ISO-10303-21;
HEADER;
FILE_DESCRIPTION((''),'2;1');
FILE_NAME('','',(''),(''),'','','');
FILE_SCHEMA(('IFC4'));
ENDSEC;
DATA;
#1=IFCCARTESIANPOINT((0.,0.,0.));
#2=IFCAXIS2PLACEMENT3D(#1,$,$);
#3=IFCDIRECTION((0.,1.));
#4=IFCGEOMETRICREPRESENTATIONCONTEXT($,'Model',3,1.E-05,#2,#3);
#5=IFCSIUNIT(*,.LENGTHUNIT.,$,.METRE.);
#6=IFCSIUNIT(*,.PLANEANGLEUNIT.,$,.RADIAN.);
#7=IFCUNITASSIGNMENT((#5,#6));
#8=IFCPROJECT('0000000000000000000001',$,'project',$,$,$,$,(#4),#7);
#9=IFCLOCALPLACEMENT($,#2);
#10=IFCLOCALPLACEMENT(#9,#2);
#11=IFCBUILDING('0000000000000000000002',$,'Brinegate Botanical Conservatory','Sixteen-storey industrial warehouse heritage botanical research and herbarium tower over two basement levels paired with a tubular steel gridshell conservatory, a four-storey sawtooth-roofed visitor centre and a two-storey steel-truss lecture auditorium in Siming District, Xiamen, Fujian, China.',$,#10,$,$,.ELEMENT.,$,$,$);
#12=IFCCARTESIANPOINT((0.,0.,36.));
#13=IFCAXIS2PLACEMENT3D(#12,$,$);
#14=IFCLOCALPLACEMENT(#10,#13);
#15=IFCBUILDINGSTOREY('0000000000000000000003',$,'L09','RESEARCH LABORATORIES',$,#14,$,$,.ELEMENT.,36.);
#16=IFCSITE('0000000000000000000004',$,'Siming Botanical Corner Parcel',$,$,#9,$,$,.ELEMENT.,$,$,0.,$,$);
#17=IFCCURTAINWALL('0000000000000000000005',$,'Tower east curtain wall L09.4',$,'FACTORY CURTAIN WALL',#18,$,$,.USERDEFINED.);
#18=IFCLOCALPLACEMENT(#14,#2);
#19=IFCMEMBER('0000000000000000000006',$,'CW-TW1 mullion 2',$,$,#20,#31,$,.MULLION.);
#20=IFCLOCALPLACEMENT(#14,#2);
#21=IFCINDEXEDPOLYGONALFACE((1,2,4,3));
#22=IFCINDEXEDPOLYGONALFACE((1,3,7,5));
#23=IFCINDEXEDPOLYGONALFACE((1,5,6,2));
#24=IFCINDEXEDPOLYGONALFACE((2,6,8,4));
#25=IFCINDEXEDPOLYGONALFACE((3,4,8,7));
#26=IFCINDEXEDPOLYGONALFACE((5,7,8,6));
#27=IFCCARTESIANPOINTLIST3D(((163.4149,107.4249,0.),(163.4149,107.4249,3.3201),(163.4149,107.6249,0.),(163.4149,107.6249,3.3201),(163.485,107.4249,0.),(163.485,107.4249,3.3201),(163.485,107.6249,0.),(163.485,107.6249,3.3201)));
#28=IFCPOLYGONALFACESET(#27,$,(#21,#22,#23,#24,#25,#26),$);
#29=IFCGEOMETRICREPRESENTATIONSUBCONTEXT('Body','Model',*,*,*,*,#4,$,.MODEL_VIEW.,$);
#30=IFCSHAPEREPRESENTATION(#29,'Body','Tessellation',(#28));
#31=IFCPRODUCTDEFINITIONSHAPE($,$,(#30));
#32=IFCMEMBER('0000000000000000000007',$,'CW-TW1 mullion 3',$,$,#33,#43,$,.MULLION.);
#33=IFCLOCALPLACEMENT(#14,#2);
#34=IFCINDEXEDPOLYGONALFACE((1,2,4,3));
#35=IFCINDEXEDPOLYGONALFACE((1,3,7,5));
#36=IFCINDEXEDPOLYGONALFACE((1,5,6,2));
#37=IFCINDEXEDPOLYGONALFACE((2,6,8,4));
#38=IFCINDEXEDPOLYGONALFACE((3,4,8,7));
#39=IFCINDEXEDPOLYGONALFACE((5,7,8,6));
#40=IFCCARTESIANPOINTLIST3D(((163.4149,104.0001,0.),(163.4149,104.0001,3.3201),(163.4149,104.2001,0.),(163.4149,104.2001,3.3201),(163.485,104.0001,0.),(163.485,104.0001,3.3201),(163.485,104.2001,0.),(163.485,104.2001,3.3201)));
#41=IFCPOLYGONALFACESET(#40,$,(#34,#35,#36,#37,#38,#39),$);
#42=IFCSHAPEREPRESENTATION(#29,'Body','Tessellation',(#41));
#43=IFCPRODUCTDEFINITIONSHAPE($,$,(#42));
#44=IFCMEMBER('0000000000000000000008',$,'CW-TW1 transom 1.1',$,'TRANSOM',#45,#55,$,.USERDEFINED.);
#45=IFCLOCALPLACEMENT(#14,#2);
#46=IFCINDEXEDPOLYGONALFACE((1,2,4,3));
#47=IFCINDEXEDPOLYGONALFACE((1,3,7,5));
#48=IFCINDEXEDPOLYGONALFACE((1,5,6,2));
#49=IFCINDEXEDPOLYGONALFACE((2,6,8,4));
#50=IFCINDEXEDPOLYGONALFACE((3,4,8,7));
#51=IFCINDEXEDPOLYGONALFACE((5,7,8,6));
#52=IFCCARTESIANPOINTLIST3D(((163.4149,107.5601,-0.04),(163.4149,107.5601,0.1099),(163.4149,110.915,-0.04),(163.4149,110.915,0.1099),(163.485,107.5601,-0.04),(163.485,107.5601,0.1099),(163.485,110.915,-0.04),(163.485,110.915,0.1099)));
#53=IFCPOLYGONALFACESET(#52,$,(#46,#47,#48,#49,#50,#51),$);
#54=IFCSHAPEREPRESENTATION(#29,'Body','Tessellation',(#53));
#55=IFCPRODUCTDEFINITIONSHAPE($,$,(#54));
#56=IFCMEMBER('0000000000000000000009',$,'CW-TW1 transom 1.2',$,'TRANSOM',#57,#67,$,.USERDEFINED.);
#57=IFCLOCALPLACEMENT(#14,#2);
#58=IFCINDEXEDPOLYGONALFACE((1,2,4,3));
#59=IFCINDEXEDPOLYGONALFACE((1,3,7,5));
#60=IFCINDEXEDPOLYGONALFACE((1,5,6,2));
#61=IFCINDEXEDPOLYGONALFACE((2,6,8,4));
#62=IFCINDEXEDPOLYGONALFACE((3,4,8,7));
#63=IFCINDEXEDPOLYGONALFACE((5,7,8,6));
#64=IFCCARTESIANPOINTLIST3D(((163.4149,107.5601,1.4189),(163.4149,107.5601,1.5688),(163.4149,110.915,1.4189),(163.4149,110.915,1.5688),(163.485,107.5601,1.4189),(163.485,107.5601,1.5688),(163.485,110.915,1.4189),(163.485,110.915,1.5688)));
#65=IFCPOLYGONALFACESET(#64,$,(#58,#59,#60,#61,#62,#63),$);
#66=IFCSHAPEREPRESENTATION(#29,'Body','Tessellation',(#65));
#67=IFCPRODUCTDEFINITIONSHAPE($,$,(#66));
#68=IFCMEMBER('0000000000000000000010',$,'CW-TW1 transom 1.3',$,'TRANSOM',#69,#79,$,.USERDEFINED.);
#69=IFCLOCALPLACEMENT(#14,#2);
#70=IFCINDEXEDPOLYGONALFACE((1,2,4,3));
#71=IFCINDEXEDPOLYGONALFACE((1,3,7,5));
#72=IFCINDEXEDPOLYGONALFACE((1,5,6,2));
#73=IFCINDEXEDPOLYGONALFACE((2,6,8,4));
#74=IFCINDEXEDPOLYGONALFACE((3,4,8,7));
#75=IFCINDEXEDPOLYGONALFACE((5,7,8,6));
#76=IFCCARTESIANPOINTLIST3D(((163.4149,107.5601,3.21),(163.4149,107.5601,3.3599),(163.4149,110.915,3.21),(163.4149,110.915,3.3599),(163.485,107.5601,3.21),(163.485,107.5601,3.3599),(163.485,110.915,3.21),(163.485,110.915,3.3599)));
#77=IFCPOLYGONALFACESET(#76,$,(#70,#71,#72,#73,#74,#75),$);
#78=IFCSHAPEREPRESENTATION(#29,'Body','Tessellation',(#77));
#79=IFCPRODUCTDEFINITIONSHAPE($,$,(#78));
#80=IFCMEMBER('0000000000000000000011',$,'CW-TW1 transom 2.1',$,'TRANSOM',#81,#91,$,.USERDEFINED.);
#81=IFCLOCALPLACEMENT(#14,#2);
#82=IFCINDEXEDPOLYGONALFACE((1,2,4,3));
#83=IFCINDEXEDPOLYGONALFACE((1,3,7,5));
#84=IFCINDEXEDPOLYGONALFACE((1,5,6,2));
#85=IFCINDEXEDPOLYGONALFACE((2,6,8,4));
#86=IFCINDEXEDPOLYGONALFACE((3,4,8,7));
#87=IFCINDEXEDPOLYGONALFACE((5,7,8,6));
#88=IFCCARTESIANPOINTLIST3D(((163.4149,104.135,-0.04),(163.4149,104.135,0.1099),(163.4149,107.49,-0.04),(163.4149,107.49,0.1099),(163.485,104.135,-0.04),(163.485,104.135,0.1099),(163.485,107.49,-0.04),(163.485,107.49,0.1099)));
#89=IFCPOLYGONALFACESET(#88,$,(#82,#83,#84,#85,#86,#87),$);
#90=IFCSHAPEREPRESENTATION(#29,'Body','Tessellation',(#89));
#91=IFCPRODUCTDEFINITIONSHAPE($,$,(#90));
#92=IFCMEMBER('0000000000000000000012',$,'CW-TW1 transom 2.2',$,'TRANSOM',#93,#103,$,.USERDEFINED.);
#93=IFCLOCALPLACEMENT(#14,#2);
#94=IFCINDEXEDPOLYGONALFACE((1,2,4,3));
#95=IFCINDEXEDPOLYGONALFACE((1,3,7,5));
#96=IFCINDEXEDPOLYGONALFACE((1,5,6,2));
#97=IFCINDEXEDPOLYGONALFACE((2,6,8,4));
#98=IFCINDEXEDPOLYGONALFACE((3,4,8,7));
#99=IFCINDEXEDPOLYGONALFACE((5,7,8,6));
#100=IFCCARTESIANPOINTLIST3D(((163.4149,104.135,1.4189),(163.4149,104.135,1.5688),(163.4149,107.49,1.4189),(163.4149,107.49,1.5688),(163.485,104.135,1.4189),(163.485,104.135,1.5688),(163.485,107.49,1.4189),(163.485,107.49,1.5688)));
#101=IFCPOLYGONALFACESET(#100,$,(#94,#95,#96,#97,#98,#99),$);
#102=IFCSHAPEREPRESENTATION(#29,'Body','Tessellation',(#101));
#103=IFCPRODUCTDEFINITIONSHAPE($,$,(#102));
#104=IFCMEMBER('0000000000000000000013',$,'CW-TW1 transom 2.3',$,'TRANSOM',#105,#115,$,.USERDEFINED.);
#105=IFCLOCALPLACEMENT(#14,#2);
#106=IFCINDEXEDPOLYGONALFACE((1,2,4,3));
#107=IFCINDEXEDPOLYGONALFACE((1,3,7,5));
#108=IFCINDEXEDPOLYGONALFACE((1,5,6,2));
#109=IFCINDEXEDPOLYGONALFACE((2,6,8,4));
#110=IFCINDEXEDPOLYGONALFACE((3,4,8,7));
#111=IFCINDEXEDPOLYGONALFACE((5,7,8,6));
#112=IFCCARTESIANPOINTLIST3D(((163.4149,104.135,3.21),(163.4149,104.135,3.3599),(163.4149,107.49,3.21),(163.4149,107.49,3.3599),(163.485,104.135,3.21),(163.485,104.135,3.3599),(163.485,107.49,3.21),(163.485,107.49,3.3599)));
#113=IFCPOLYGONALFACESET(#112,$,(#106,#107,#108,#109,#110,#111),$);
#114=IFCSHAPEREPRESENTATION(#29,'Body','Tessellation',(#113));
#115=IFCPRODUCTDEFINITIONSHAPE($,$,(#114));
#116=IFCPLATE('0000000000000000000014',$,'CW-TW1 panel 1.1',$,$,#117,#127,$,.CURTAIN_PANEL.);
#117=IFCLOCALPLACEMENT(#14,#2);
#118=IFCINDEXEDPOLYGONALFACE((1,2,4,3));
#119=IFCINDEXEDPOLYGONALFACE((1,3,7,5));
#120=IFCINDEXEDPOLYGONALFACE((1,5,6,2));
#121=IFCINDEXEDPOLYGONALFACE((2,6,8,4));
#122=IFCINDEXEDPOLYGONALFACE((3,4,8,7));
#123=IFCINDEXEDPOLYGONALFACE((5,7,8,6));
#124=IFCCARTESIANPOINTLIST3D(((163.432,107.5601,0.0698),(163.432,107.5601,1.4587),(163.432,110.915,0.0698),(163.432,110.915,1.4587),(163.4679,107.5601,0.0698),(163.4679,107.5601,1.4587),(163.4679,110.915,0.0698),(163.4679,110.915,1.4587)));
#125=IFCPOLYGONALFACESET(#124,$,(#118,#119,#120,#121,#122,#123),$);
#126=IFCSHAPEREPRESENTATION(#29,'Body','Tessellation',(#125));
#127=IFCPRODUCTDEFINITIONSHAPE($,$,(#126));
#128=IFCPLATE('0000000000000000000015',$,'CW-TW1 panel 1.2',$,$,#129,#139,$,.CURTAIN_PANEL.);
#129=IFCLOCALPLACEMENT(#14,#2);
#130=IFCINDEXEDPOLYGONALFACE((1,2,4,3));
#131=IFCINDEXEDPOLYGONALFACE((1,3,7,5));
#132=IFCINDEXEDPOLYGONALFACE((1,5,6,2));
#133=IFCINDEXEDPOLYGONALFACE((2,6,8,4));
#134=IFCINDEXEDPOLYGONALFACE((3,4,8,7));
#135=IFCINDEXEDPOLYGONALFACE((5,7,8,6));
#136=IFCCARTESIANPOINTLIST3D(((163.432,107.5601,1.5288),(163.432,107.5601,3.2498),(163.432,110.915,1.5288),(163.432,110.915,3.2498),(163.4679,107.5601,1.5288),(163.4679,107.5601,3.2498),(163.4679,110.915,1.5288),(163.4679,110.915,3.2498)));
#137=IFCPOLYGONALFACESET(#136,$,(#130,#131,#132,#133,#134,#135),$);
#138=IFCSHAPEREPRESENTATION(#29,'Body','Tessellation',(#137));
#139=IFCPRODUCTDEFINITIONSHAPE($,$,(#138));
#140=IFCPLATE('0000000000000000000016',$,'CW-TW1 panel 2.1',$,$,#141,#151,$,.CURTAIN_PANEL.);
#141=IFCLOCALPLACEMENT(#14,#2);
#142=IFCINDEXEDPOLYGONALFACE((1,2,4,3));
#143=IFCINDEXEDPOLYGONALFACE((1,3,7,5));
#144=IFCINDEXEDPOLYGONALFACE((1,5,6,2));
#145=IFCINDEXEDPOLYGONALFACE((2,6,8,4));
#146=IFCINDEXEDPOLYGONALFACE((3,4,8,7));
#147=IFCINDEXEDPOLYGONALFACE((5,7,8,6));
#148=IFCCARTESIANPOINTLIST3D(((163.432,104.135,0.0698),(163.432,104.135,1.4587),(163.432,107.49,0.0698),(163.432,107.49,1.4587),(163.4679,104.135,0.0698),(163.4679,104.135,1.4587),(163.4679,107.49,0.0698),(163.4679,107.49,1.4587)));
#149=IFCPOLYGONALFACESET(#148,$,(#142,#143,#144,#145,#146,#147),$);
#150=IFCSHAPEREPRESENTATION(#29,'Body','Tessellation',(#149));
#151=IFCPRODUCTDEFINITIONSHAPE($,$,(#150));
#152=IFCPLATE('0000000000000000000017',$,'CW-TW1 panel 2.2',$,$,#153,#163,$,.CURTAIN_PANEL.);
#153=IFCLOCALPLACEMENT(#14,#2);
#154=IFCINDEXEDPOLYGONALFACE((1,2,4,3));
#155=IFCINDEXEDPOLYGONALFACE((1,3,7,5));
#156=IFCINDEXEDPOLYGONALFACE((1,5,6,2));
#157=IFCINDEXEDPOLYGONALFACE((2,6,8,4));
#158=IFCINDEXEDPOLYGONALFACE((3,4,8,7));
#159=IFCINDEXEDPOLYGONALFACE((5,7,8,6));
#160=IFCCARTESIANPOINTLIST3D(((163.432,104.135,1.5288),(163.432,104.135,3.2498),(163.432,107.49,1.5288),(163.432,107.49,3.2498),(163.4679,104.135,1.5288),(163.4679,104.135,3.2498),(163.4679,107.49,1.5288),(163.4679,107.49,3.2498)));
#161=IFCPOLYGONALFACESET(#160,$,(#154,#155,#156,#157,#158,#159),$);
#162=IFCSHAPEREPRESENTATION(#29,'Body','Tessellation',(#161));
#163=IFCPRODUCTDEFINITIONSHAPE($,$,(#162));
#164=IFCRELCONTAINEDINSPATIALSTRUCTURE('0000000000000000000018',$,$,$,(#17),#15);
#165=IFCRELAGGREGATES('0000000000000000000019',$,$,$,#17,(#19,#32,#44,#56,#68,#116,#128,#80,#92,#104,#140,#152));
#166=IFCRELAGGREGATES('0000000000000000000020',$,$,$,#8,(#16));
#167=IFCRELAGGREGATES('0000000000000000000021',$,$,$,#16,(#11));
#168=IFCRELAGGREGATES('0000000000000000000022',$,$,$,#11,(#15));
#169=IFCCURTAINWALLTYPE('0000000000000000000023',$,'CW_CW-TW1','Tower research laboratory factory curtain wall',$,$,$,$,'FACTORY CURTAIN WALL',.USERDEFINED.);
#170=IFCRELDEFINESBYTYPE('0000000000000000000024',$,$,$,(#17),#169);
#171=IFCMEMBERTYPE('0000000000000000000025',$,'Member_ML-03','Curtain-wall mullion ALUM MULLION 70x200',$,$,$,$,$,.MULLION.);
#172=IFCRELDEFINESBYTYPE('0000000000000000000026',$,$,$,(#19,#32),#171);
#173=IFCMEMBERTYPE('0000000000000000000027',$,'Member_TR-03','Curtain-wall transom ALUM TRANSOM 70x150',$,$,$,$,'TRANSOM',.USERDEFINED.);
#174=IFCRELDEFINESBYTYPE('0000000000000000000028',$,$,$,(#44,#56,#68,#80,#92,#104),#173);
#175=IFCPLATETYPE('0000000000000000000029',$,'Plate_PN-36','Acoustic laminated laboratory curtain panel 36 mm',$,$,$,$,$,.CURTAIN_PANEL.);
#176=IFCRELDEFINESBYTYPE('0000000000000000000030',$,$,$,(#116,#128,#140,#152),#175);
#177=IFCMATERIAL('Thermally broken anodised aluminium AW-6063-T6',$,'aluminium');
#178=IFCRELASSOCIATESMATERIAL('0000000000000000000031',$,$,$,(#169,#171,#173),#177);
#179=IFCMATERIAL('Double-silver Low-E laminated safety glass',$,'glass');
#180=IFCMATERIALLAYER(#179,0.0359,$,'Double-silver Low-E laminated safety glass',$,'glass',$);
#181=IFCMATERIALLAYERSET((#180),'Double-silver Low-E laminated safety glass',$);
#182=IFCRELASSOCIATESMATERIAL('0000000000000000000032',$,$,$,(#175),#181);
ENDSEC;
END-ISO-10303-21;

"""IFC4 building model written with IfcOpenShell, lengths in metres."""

from ifc_helpers import new_model, si_unit, direction, frame, origin, origin_2d, place, context, subcontext, project, spatial, rectangle, extrude, material, layer, layer_set, material_profile, profile_set, type_object, element, aggregate, save


model = new_model("IFC4")

# Units and contexts
model_context = context("Model", 3, precision=1e-05, world=origin(), true_north=direction((0.0, 1.0)))
body_context = subcontext(model_context, "Body", "Model", "MODEL_VIEW")
ifc_project = project(units=[si_unit("LENGTHUNIT", "METRE"), si_unit("PLANEANGLEUNIT", "RADIAN")], contexts=[model_context])

# Site, building, storey
site_placement = place(None, origin())
site = spatial("IfcSite", under=ifc_project, at=site_placement, Name="Siming Botanical Corner Parcel", CompositionType="ELEMENT", RefElevation=0.0)
building_placement = place(site_placement, origin())
building = spatial("IfcBuilding", under=site, at=building_placement, Name="Brinegate Botanical Conservatory", Description="Sixteen-storey industrial warehouse heritage botanical research and herbarium tower over two basement levels paired with a tubular steel gridshell conservatory, a four-storey sawtooth-roofed visitor centre and a two-storey steel-truss lecture auditorium in Siming District, Xiamen, Fujian, China.", CompositionType="ELEMENT")
storey_placement = place(building_placement, frame((0.0, 0.0, 36.0)))
storey = spatial("IfcBuildingStorey", under=building, at=storey_placement, Name="L09", Description="RESEARCH LABORATORIES", CompositionType="ELEMENT", Elevation=36.0)

# Curtain wall, members, plates
ifc_material_1 = material(Name="Thermally broken anodised aluminium AW-6063-T6", Category="aluminium")
curtain_wall_type = type_object("IfcCurtainWallType", Name="CW_CW-TW1", Description="Tower research laboratory factory curtain wall", ElementType="FACTORY CURTAIN WALL", PredefinedType="USERDEFINED", material=ifc_material_1)
curtain_wall_placement = place(storey_placement, origin())
curtain_wall = element("IfcCurtainWall", 1, at=curtain_wall_placement, inside=storey, type_object=curtain_wall_type, Name="Tower east curtain wall L09.4", ObjectType="FACTORY CURTAIN WALL", PredefinedType="USERDEFINED")
ifc_material_profile_1 = material_profile(ifc_material_1, rectangle(XDim=0.0701, YDim=0.2, at=origin_2d()), Name="ALUM MULLION 70x200")
ifc_profile_set_1 = profile_set([ifc_material_profile_1], Name="Thermally broken anodised aluminium AW-6063-T6")
member_type_1 = type_object("IfcMemberType", Name="Member_ML-03", Description="Curtain-wall mullion ALUM MULLION 70x200", PredefinedType="MULLION", material=ifc_profile_set_1)
member_1_placement = place(storey_placement, frame((163.45, 107.5249, 0.0), z_axis=(0.0, 0.0, 1.0), x_axis=(1.0, 0.0, 0.0)))
member_1 = element("IfcMember", 2, at=member_1_placement, type_object=member_type_1, Name="CW-TW1 mullion 2", PredefinedType="MULLION", context=body_context, shape_type="SweptSolid", body=[
    extrude(rectangle(XDim=0.0701, YDim=0.2, at=origin_2d()), origin(), (0.0, 0.0, 1.0), 3.3201),
])
member_2_placement = place(storey_placement, frame((163.45, 104.1001, 0.0), z_axis=(0.0, 0.0, 1.0), x_axis=(1.0, 0.0, 0.0)))
member_2 = element("IfcMember", 3, at=member_2_placement, type_object=member_type_1, Name="CW-TW1 mullion 3", PredefinedType="MULLION", context=body_context, shape_type="SweptSolid", body=[
    extrude(rectangle(XDim=0.0701, YDim=0.2, at=origin_2d()), origin(), (0.0, 0.0, 1.0), 3.3201),
])
ifc_material_profile_2 = material_profile(ifc_material_1, rectangle(XDim=0.0701, YDim=0.1499, at=origin_2d()), Name="ALUM TRANSOM 70x150")
ifc_profile_set_2 = profile_set([ifc_material_profile_2], Name="Thermally broken anodised aluminium AW-6063-T6")
member_type_2 = type_object("IfcMemberType", Name="Member_TR-03", Description="Curtain-wall transom ALUM TRANSOM 70x150", ElementType="TRANSOM", PredefinedType="USERDEFINED", material=ifc_profile_set_2)
member_3_placement = place(storey_placement, frame((163.45, 110.915, 0.0349), z_axis=(0.0, -1.0, 0.0), x_axis=(1.0, 0.0, 0.0)))
member_3 = element("IfcMember", 4, at=member_3_placement, type_object=member_type_2, Name="CW-TW1 transom 1.1", ObjectType="TRANSOM", PredefinedType="USERDEFINED", context=body_context, shape_type="SweptSolid", body=[
    extrude(rectangle(XDim=0.0701, YDim=0.1499, at=origin_2d()), origin(), (0.0, 0.0, 1.0), 3.355),
])
member_4_placement = place(storey_placement, frame((163.45, 110.915, 1.4939), z_axis=(0.0, -1.0, 0.0), x_axis=(1.0, 0.0, 0.0)))
member_4 = element("IfcMember", 5, at=member_4_placement, type_object=member_type_2, Name="CW-TW1 transom 1.2", ObjectType="TRANSOM", PredefinedType="USERDEFINED", context=body_context, shape_type="SweptSolid", body=[
    extrude(rectangle(XDim=0.0701, YDim=0.1499, at=origin_2d()), origin(), (0.0, 0.0, 1.0), 3.355),
])
member_5_placement = place(storey_placement, frame((163.45, 110.915, 3.2849), z_axis=(0.0, -1.0, 0.0), x_axis=(1.0, 0.0, 0.0)))
member_5 = element("IfcMember", 6, at=member_5_placement, type_object=member_type_2, Name="CW-TW1 transom 1.3", ObjectType="TRANSOM", PredefinedType="USERDEFINED", context=body_context, shape_type="SweptSolid", body=[
    extrude(rectangle(XDim=0.0701, YDim=0.1499, at=origin_2d()), origin(), (0.0, 0.0, 1.0), 3.355),
])
member_6_placement = place(storey_placement, frame((163.45, 107.49, 0.0349), z_axis=(0.0, -1.0, 0.0), x_axis=(1.0, 0.0, 0.0)))
member_6 = element("IfcMember", 7, at=member_6_placement, type_object=member_type_2, Name="CW-TW1 transom 2.1", ObjectType="TRANSOM", PredefinedType="USERDEFINED", context=body_context, shape_type="SweptSolid", body=[
    extrude(rectangle(XDim=0.0701, YDim=0.1499, at=origin_2d()), origin(), (0.0, 0.0, 1.0), 3.355),
])
member_7_placement = place(storey_placement, frame((163.45, 107.49, 1.4939), z_axis=(0.0, -1.0, 0.0), x_axis=(1.0, 0.0, 0.0)))
member_7 = element("IfcMember", 8, at=member_7_placement, type_object=member_type_2, Name="CW-TW1 transom 2.2", ObjectType="TRANSOM", PredefinedType="USERDEFINED", context=body_context, shape_type="SweptSolid", body=[
    extrude(rectangle(XDim=0.0701, YDim=0.1499, at=origin_2d()), origin(), (0.0, 0.0, 1.0), 3.355),
])
member_8_placement = place(storey_placement, frame((163.45, 107.49, 3.2849), z_axis=(0.0, -1.0, 0.0), x_axis=(1.0, 0.0, 0.0)))
member_8 = element("IfcMember", 9, at=member_8_placement, type_object=member_type_2, Name="CW-TW1 transom 2.3", ObjectType="TRANSOM", PredefinedType="USERDEFINED", context=body_context, shape_type="SweptSolid", body=[
    extrude(rectangle(XDim=0.0701, YDim=0.1499, at=origin_2d()), origin(), (0.0, 0.0, 1.0), 3.355),
])
ifc_material_2 = material(Name="Double-silver Low-E laminated safety glass", Category="glass")
ifc_layer_1 = layer(ifc_material_2, 0.0359, Name="Double-silver Low-E laminated safety glass", Category="glass")
ifc_layer_set_1 = layer_set([ifc_layer_1], Name="Double-silver Low-E laminated safety glass")
plate_type = type_object("IfcPlateType", Name="Plate_PN-36", Description="Acoustic laminated laboratory curtain panel 36 mm", PredefinedType="CURTAIN_PANEL", material=ifc_layer_set_1)
plate_1_placement = place(storey_placement, frame((163.45, 109.2375, 0.0698), z_axis=(0.0, 0.0, 1.0), x_axis=(0.0, -1.0, 0.0)))
plate_1 = element("IfcPlate", 10, at=plate_1_placement, type_object=plate_type, Name="CW-TW1 panel 1.1", PredefinedType="CURTAIN_PANEL", context=body_context, shape_type="SweptSolid", body=[
    extrude(rectangle(XDim=3.355, YDim=0.0359, at=origin_2d()), origin(), (0.0, 0.0, 1.0), 1.3889),
])
plate_2_placement = place(storey_placement, frame((163.45, 109.2375, 1.5288), z_axis=(0.0, 0.0, 1.0), x_axis=(0.0, -1.0, 0.0)))
plate_2 = element("IfcPlate", 11, at=plate_2_placement, type_object=plate_type, Name="CW-TW1 panel 1.2", PredefinedType="CURTAIN_PANEL", context=body_context, shape_type="SweptSolid", body=[
    extrude(rectangle(XDim=3.355, YDim=0.0359, at=origin_2d()), origin(), (0.0, 0.0, 1.0), 1.7209),
])
plate_3_placement = place(storey_placement, frame((163.45, 105.8125, 0.0698), z_axis=(0.0, 0.0, 1.0), x_axis=(0.0, -1.0, 0.0)))
plate_3 = element("IfcPlate", 12, at=plate_3_placement, type_object=plate_type, Name="CW-TW1 panel 2.1", PredefinedType="CURTAIN_PANEL", context=body_context, shape_type="SweptSolid", body=[
    extrude(rectangle(XDim=3.355, YDim=0.0359, at=origin_2d()), origin(), (0.0, 0.0, 1.0), 1.3889),
])
plate_4_placement = place(storey_placement, frame((163.45, 105.8125, 1.5288), z_axis=(0.0, 0.0, 1.0), x_axis=(0.0, -1.0, 0.0)))
plate_4 = element("IfcPlate", 13, at=plate_4_placement, type_object=plate_type, Name="CW-TW1 panel 2.2", PredefinedType="CURTAIN_PANEL", context=body_context, shape_type="SweptSolid", body=[
    extrude(rectangle(XDim=3.355, YDim=0.0359, at=origin_2d()), origin(), (0.0, 0.0, 1.0), 1.7209),
])
aggregate(curtain_wall, [member_1, member_2, member_3, member_4, member_5, plate_1, plate_2, member_6, member_7, member_8, plate_3, plate_4])

save(model, "model.ifc")
